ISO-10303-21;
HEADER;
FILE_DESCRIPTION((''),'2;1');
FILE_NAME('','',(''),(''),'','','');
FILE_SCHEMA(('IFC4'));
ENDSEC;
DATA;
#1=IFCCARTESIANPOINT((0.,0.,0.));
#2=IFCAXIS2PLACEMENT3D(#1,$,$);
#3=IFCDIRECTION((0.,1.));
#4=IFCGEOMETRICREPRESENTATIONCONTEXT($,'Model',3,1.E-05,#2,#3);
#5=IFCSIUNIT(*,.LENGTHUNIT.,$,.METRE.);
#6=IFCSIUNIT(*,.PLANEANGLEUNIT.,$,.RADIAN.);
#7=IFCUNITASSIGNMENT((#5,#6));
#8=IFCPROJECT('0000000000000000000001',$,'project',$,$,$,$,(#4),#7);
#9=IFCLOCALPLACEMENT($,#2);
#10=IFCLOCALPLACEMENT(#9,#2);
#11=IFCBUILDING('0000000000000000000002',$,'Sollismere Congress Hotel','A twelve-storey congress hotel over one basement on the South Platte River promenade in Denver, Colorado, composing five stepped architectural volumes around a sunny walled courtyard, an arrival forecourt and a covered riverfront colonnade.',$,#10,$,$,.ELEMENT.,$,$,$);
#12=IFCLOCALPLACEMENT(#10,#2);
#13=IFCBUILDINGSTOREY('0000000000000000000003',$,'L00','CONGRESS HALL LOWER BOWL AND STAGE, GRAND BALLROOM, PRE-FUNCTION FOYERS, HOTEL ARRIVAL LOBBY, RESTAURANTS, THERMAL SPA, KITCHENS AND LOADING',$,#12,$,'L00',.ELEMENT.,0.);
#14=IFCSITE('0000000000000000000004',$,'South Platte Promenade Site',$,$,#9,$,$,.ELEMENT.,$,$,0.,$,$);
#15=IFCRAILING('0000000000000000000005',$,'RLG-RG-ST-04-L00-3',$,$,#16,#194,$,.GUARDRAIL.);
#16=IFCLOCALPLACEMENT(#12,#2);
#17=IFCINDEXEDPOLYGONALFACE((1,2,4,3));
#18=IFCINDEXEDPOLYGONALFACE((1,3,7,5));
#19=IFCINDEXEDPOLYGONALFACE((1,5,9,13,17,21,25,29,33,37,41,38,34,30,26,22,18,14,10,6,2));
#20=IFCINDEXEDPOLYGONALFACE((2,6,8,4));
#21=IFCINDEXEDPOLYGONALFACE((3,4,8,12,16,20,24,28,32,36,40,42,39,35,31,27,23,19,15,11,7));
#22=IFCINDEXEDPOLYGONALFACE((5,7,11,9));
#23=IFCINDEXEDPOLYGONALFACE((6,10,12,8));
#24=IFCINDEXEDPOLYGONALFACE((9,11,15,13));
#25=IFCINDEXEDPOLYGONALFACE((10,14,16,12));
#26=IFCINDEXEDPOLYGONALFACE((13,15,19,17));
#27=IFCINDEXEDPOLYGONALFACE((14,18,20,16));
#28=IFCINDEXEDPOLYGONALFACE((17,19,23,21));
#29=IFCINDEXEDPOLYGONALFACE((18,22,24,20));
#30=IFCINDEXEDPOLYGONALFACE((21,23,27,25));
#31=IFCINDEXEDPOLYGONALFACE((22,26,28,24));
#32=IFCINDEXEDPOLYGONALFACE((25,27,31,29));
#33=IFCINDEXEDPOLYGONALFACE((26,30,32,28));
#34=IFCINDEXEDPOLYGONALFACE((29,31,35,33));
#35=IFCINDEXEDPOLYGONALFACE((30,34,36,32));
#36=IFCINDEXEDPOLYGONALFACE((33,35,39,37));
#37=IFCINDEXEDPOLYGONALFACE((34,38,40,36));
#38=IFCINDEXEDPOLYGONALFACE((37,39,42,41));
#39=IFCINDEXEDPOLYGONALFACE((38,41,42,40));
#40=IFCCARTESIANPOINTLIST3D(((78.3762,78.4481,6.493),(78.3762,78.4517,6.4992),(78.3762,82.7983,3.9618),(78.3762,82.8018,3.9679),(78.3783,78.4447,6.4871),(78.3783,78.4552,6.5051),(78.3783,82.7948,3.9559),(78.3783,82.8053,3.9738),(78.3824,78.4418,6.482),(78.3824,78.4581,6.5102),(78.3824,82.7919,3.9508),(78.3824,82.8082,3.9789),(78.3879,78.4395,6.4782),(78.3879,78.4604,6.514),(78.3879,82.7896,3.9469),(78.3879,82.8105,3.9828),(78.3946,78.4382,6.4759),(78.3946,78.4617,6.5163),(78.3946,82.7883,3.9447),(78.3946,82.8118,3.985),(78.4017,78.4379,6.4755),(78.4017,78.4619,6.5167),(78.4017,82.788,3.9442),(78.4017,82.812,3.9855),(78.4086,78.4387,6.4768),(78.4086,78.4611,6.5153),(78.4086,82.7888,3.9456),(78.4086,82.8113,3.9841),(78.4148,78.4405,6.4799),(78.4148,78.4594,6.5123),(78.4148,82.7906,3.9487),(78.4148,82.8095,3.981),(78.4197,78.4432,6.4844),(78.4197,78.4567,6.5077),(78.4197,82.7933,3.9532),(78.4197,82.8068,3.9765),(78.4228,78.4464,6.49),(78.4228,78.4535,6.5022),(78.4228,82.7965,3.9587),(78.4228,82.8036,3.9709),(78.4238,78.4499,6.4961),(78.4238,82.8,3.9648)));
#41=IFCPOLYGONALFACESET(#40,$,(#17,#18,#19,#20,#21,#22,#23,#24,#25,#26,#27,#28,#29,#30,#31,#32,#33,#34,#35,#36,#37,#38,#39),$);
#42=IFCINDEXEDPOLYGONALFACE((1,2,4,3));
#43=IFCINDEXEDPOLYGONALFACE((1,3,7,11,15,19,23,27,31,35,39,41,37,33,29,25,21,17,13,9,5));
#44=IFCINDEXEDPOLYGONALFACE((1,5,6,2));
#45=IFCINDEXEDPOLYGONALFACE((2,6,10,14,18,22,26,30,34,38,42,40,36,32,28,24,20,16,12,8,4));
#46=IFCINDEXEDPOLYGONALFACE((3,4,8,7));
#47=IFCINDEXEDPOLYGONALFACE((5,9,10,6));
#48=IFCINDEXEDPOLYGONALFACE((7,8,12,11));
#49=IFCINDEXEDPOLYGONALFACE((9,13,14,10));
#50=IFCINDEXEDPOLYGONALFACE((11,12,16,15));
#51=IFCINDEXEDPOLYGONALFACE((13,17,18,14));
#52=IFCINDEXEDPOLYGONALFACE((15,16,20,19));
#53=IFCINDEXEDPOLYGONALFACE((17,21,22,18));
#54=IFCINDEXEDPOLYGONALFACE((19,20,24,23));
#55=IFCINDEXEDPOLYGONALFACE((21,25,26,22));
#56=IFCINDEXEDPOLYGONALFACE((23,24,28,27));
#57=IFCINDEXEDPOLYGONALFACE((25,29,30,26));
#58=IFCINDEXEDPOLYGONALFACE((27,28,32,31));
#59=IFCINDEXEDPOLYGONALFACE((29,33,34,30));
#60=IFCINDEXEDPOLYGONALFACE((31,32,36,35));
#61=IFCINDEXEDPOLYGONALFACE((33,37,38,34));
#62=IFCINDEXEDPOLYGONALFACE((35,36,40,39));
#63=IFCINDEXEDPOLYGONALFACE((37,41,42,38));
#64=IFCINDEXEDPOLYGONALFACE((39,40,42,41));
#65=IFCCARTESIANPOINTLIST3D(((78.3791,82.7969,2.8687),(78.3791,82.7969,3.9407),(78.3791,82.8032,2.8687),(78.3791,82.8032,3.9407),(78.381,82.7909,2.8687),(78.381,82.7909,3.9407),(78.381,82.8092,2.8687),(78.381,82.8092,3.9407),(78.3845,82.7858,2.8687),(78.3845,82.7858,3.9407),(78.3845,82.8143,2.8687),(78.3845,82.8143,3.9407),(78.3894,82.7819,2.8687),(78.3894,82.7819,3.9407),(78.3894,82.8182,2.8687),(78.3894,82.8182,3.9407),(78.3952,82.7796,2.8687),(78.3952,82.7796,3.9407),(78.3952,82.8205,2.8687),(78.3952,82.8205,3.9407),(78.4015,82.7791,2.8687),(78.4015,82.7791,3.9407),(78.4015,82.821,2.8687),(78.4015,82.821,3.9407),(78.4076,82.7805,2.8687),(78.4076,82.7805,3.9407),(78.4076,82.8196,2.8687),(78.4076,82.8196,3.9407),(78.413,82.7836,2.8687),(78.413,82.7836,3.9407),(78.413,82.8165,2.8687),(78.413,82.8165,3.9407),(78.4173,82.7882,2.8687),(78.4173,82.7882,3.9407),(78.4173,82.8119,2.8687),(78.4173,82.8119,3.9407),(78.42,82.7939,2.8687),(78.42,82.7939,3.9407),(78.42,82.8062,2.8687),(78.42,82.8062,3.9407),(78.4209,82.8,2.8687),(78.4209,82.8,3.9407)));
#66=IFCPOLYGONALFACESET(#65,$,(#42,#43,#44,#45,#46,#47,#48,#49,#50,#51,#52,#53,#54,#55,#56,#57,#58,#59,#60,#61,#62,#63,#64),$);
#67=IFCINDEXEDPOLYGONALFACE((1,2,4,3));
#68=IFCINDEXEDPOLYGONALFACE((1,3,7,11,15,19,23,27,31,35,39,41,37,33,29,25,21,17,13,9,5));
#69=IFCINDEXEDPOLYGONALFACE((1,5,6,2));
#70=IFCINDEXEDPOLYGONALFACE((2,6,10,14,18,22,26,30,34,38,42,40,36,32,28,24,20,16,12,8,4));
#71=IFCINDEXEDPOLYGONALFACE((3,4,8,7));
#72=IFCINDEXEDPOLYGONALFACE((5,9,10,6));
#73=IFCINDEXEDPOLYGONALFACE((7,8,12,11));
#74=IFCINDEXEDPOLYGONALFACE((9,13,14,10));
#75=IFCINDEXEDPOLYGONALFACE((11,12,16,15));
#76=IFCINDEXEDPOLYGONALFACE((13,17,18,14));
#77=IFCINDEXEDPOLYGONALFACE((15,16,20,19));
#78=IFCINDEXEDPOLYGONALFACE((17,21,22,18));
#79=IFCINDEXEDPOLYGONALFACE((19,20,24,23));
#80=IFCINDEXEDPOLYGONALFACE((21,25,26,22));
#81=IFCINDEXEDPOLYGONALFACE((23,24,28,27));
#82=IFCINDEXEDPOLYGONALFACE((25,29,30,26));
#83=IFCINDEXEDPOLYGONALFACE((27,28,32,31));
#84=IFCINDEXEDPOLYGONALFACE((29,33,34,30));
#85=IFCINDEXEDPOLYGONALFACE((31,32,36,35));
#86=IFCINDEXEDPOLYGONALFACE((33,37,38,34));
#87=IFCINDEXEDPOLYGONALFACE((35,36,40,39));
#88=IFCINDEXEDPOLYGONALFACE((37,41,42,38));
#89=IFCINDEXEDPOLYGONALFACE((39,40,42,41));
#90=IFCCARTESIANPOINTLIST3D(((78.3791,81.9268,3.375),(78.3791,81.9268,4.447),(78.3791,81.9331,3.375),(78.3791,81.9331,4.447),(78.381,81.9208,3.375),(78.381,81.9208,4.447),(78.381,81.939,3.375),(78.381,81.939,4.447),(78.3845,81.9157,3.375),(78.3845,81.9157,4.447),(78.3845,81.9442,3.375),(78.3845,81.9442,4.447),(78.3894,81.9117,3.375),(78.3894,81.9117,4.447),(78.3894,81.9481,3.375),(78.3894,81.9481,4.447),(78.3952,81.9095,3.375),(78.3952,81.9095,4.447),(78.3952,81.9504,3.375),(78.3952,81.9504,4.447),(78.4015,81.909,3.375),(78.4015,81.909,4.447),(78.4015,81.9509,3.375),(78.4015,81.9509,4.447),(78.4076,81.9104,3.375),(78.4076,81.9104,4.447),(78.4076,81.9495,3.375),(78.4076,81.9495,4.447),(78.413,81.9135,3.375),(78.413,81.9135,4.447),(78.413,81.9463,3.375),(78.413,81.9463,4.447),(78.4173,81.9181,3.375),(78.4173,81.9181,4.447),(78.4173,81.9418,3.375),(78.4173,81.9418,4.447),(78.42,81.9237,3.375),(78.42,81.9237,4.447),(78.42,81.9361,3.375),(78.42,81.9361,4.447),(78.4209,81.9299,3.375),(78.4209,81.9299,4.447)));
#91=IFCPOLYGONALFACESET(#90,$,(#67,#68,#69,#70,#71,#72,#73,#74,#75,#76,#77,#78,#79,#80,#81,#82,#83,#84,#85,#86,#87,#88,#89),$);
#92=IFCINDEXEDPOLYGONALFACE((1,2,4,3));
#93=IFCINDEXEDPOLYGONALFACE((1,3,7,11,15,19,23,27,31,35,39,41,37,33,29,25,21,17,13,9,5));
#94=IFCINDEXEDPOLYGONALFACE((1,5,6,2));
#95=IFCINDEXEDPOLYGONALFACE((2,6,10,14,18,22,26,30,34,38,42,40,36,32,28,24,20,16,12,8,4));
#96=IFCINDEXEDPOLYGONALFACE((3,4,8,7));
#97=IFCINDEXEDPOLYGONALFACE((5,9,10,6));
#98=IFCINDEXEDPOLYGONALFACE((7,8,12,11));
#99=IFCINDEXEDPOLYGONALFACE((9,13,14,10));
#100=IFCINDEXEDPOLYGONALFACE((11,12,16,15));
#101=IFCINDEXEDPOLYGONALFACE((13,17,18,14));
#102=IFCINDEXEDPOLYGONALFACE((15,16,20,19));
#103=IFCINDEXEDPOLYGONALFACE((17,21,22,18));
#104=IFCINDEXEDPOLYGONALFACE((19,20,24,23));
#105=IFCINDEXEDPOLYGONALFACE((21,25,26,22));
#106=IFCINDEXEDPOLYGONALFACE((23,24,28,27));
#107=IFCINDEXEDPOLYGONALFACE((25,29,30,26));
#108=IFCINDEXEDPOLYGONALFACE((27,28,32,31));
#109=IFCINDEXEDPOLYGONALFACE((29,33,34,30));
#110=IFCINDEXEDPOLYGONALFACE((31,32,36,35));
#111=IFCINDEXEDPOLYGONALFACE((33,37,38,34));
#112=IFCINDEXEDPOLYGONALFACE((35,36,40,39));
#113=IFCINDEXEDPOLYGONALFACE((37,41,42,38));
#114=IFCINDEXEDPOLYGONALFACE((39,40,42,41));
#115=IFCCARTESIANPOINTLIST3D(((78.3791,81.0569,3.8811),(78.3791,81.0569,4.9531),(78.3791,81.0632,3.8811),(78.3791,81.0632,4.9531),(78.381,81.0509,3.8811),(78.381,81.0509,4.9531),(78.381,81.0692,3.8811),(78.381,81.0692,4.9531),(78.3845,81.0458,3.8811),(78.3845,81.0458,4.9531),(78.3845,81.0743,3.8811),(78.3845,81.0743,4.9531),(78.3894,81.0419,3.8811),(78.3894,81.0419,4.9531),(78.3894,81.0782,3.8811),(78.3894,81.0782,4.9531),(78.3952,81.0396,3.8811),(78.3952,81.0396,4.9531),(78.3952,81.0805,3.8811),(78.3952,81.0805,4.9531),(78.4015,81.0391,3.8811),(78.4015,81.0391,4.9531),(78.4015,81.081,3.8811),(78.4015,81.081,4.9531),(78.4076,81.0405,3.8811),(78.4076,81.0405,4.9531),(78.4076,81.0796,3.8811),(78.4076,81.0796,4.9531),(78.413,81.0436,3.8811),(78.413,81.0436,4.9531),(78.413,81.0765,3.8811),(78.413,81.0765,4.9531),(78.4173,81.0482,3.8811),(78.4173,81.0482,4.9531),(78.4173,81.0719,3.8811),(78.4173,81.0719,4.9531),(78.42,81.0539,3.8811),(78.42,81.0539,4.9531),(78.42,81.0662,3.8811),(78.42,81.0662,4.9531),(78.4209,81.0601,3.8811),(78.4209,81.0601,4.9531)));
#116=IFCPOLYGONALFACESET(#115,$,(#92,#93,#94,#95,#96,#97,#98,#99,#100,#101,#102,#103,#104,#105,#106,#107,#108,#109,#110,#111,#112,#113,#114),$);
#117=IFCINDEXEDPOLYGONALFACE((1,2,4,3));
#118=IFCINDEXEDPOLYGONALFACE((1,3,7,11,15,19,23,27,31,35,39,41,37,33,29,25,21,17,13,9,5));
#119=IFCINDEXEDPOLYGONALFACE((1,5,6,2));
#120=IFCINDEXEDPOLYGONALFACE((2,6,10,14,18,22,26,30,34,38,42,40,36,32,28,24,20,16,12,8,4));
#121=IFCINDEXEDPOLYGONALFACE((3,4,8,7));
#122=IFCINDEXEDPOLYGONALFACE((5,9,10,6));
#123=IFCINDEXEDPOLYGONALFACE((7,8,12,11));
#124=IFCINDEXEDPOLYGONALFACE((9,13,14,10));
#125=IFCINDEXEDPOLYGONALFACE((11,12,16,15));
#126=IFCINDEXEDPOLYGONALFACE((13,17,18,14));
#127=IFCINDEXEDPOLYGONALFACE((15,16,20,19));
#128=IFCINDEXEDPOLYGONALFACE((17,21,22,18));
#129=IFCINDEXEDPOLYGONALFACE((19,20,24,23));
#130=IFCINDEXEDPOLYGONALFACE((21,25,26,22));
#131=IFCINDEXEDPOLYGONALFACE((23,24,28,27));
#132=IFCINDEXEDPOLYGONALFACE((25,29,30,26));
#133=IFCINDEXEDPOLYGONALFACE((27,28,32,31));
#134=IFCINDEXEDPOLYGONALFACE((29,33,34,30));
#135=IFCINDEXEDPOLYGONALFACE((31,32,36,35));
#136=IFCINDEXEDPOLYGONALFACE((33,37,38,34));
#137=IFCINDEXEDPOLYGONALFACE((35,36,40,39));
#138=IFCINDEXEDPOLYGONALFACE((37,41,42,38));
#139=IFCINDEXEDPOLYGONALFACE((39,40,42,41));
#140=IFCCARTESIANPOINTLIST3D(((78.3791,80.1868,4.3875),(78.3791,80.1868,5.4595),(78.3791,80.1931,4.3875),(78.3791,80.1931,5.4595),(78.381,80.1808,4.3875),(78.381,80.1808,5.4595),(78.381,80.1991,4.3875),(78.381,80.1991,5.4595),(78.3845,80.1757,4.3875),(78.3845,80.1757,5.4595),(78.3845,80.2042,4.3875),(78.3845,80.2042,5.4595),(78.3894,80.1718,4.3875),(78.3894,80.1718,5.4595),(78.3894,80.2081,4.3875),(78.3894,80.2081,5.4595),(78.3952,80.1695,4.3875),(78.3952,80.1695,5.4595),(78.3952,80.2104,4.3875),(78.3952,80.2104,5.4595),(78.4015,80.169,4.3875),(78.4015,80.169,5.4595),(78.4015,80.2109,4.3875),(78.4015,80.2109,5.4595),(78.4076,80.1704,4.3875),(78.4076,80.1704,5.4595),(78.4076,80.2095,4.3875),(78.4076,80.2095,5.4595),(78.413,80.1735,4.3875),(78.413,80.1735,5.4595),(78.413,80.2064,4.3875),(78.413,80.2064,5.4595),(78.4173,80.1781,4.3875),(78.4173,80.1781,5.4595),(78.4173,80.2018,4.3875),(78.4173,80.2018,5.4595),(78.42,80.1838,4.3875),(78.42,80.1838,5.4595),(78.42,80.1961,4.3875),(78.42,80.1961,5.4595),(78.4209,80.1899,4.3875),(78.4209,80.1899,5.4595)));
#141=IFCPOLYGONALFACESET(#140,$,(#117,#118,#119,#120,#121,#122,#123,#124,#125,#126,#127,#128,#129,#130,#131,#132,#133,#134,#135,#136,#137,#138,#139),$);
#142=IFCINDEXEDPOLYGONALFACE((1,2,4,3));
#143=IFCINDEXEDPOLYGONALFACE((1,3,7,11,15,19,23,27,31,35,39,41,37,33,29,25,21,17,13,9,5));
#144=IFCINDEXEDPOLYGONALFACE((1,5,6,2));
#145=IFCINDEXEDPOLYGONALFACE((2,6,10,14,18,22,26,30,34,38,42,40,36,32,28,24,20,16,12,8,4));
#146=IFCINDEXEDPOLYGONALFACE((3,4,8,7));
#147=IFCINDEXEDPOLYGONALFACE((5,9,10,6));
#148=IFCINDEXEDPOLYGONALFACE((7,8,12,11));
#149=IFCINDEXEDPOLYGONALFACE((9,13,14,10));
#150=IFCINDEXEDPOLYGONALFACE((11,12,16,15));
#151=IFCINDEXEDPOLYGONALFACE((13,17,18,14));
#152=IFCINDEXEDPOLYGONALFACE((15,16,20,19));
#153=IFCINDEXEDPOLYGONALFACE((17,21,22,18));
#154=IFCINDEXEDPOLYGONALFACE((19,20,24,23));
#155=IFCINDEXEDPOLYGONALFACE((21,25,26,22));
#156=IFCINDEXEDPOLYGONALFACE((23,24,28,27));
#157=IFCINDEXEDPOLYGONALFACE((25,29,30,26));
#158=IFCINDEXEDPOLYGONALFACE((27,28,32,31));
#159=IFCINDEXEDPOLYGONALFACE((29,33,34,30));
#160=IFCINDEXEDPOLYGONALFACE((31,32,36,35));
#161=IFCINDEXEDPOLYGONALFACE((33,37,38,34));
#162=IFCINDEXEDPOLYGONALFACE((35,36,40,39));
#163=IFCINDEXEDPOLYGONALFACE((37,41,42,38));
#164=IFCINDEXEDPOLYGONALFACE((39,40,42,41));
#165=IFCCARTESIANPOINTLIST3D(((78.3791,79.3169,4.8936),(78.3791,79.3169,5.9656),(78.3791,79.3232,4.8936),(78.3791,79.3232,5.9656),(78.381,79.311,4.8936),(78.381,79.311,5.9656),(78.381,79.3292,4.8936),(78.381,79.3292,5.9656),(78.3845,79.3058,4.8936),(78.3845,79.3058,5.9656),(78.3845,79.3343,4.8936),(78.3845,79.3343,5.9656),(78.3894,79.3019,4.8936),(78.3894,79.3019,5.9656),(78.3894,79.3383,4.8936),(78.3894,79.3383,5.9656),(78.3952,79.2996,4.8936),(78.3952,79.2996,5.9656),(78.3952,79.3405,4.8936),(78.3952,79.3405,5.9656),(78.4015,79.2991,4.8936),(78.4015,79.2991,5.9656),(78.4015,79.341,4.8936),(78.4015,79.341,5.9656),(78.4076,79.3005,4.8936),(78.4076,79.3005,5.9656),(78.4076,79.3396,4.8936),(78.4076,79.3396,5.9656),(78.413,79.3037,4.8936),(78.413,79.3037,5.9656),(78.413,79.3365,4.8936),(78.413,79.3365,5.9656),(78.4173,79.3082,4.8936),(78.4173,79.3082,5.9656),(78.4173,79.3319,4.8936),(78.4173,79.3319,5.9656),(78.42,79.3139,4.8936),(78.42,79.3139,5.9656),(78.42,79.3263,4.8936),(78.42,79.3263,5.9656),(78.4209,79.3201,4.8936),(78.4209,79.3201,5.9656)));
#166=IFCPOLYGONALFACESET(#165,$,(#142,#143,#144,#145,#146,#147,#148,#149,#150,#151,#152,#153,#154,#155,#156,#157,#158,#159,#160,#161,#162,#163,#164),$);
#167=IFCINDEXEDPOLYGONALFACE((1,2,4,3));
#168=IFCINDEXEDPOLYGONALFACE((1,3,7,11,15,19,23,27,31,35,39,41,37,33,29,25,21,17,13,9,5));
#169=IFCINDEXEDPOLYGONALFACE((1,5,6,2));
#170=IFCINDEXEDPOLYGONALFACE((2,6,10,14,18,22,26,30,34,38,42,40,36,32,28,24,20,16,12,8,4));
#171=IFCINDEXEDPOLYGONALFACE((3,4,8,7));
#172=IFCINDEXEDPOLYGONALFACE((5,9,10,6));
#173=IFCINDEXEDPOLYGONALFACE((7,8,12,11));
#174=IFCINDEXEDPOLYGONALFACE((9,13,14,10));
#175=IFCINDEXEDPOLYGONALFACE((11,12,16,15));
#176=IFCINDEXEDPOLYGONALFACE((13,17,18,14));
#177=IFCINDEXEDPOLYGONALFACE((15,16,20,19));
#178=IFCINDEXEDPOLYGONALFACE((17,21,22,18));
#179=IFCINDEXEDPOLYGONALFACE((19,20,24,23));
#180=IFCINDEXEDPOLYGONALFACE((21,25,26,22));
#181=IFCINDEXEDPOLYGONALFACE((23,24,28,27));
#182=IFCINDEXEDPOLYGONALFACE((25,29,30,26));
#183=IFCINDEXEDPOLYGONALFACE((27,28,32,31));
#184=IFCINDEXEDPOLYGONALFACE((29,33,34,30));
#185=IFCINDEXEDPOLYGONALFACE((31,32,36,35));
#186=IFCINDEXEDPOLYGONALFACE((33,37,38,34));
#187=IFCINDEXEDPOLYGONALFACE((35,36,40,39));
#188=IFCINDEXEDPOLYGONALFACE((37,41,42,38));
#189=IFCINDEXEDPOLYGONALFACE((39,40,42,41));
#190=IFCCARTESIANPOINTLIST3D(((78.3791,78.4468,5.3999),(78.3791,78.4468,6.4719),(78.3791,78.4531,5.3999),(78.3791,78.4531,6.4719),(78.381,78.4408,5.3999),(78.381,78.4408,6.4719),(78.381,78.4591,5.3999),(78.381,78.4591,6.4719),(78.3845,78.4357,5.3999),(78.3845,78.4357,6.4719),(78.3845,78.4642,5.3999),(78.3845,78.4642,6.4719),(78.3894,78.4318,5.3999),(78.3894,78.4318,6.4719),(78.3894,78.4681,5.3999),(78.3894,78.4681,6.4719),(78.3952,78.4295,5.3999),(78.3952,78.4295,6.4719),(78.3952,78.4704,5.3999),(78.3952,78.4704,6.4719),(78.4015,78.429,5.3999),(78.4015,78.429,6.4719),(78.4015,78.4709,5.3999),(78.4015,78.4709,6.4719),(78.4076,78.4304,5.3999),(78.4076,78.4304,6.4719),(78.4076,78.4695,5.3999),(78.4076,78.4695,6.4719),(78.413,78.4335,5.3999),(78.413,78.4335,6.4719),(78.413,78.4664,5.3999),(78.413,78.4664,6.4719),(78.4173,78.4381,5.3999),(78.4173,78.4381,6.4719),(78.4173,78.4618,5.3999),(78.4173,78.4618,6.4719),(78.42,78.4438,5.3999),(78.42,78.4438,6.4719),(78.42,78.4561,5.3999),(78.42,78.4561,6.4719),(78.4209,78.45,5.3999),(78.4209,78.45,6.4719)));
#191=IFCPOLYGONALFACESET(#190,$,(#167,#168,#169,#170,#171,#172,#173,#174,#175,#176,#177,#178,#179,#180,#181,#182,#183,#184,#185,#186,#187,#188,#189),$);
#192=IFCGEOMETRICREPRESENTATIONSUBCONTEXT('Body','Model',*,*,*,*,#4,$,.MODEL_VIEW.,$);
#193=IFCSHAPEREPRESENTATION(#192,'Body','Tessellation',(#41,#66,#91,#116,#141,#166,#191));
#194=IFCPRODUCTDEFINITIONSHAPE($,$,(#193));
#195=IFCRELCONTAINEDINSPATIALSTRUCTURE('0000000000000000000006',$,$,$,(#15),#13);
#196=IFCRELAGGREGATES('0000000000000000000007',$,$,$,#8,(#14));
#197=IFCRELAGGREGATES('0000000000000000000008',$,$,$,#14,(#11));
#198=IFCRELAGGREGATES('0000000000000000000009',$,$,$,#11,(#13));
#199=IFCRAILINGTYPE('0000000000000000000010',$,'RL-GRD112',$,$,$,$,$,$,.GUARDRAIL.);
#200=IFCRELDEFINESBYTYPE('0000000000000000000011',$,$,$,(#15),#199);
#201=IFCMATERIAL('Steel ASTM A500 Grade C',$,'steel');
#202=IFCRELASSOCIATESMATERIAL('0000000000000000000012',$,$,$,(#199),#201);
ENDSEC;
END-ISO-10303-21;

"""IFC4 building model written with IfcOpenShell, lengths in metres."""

from ifc_helpers import new_model, si_unit, direction, frame, origin, origin_2d, place, context, subcontext, project, spatial, circle, extrude, material, type_object, element, save


model = new_model("IFC4")

# Units and contexts
model_context = context("Model", 3, precision=1e-05, world=origin(), true_north=direction((0.0, 1.0)))
body_context = subcontext(model_context, "Body", "Model", "MODEL_VIEW")
ifc_project = project(units=[si_unit("LENGTHUNIT", "METRE"), si_unit("PLANEANGLEUNIT", "RADIAN")], contexts=[model_context])

# Site, building, storey
site_placement = place(None, origin())
site = spatial("IfcSite", under=ifc_project, at=site_placement, Name="South Platte Promenade Site", CompositionType="ELEMENT", RefElevation=0.0)
building_placement = place(site_placement, origin())
building = spatial("IfcBuilding", under=site, at=building_placement, Name="Sollismere Congress Hotel", Description="A twelve-storey congress hotel over one basement on the South Platte River promenade in Denver, Colorado, composing five stepped architectural volumes around a sunny walled courtyard, an arrival forecourt and a covered riverfront colonnade.", CompositionType="ELEMENT")
storey_placement = place(building_placement, origin())
storey = spatial("IfcBuildingStorey", under=building, at=storey_placement, Name="L00", Description="CONGRESS HALL LOWER BOWL AND STAGE, GRAND BALLROOM, PRE-FUNCTION FOYERS, HOTEL ARRIVAL LOBBY, RESTAURANTS, THERMAL SPA, KITCHENS AND LOADING", LongName="L00", CompositionType="ELEMENT", Elevation=0.0)

# Railing
ifc_material_1 = material(Name="Steel ASTM A500 Grade C", Category="steel")
railing_type = type_object("IfcRailingType", Name="RL-GRD112", PredefinedType="GUARDRAIL", material=ifc_material_1)
railing_1_placement = place(storey_placement, frame((78.3999, 82.8, 2.8687)))
element("IfcRailing", 1, at=railing_1_placement, inside=storey, type_object=railing_type, Name="RLG-RG-ST-04-L00-3", PredefinedType="GUARDRAIL", context=body_context, shape_type="SweptSolid", body=[
    extrude(circle(Radius=0.0239, at=origin_2d()), frame((0.0, 0.0, 1.0962), z_axis=(0.0, -0.864324, 0.502936), x_axis=(1.0, 0.0, 0.0)), (0.0, 0.0, 1.0), 5.033),
    extrude(circle(Radius=0.021, at=origin_2d()), origin(), (0.0, 0.0, 1.0), 1.072),
    extrude(circle(Radius=0.021, at=origin_2d()), frame((0.0, -0.8701, 0.5063)), (0.0, 0.0, 1.0), 1.072),
    extrude(circle(Radius=0.021, at=origin_2d()), frame((0.0, -1.74, 1.0125)), (0.0, 0.0, 1.0), 1.072),
    extrude(circle(Radius=0.021, at=origin_2d()), frame((0.0, -2.6101, 1.5188)), (0.0, 0.0, 1.0), 1.072),
    extrude(circle(Radius=0.021, at=origin_2d()), frame((0.0, -3.48, 2.0249)), (0.0, 0.0, 1.0), 1.072),
    extrude(circle(Radius=0.021, at=origin_2d()), frame((0.0, -4.3501, 2.5312)), (0.0, 0.0, 1.0), 1.072),
])

save(model, "model.ifc")
